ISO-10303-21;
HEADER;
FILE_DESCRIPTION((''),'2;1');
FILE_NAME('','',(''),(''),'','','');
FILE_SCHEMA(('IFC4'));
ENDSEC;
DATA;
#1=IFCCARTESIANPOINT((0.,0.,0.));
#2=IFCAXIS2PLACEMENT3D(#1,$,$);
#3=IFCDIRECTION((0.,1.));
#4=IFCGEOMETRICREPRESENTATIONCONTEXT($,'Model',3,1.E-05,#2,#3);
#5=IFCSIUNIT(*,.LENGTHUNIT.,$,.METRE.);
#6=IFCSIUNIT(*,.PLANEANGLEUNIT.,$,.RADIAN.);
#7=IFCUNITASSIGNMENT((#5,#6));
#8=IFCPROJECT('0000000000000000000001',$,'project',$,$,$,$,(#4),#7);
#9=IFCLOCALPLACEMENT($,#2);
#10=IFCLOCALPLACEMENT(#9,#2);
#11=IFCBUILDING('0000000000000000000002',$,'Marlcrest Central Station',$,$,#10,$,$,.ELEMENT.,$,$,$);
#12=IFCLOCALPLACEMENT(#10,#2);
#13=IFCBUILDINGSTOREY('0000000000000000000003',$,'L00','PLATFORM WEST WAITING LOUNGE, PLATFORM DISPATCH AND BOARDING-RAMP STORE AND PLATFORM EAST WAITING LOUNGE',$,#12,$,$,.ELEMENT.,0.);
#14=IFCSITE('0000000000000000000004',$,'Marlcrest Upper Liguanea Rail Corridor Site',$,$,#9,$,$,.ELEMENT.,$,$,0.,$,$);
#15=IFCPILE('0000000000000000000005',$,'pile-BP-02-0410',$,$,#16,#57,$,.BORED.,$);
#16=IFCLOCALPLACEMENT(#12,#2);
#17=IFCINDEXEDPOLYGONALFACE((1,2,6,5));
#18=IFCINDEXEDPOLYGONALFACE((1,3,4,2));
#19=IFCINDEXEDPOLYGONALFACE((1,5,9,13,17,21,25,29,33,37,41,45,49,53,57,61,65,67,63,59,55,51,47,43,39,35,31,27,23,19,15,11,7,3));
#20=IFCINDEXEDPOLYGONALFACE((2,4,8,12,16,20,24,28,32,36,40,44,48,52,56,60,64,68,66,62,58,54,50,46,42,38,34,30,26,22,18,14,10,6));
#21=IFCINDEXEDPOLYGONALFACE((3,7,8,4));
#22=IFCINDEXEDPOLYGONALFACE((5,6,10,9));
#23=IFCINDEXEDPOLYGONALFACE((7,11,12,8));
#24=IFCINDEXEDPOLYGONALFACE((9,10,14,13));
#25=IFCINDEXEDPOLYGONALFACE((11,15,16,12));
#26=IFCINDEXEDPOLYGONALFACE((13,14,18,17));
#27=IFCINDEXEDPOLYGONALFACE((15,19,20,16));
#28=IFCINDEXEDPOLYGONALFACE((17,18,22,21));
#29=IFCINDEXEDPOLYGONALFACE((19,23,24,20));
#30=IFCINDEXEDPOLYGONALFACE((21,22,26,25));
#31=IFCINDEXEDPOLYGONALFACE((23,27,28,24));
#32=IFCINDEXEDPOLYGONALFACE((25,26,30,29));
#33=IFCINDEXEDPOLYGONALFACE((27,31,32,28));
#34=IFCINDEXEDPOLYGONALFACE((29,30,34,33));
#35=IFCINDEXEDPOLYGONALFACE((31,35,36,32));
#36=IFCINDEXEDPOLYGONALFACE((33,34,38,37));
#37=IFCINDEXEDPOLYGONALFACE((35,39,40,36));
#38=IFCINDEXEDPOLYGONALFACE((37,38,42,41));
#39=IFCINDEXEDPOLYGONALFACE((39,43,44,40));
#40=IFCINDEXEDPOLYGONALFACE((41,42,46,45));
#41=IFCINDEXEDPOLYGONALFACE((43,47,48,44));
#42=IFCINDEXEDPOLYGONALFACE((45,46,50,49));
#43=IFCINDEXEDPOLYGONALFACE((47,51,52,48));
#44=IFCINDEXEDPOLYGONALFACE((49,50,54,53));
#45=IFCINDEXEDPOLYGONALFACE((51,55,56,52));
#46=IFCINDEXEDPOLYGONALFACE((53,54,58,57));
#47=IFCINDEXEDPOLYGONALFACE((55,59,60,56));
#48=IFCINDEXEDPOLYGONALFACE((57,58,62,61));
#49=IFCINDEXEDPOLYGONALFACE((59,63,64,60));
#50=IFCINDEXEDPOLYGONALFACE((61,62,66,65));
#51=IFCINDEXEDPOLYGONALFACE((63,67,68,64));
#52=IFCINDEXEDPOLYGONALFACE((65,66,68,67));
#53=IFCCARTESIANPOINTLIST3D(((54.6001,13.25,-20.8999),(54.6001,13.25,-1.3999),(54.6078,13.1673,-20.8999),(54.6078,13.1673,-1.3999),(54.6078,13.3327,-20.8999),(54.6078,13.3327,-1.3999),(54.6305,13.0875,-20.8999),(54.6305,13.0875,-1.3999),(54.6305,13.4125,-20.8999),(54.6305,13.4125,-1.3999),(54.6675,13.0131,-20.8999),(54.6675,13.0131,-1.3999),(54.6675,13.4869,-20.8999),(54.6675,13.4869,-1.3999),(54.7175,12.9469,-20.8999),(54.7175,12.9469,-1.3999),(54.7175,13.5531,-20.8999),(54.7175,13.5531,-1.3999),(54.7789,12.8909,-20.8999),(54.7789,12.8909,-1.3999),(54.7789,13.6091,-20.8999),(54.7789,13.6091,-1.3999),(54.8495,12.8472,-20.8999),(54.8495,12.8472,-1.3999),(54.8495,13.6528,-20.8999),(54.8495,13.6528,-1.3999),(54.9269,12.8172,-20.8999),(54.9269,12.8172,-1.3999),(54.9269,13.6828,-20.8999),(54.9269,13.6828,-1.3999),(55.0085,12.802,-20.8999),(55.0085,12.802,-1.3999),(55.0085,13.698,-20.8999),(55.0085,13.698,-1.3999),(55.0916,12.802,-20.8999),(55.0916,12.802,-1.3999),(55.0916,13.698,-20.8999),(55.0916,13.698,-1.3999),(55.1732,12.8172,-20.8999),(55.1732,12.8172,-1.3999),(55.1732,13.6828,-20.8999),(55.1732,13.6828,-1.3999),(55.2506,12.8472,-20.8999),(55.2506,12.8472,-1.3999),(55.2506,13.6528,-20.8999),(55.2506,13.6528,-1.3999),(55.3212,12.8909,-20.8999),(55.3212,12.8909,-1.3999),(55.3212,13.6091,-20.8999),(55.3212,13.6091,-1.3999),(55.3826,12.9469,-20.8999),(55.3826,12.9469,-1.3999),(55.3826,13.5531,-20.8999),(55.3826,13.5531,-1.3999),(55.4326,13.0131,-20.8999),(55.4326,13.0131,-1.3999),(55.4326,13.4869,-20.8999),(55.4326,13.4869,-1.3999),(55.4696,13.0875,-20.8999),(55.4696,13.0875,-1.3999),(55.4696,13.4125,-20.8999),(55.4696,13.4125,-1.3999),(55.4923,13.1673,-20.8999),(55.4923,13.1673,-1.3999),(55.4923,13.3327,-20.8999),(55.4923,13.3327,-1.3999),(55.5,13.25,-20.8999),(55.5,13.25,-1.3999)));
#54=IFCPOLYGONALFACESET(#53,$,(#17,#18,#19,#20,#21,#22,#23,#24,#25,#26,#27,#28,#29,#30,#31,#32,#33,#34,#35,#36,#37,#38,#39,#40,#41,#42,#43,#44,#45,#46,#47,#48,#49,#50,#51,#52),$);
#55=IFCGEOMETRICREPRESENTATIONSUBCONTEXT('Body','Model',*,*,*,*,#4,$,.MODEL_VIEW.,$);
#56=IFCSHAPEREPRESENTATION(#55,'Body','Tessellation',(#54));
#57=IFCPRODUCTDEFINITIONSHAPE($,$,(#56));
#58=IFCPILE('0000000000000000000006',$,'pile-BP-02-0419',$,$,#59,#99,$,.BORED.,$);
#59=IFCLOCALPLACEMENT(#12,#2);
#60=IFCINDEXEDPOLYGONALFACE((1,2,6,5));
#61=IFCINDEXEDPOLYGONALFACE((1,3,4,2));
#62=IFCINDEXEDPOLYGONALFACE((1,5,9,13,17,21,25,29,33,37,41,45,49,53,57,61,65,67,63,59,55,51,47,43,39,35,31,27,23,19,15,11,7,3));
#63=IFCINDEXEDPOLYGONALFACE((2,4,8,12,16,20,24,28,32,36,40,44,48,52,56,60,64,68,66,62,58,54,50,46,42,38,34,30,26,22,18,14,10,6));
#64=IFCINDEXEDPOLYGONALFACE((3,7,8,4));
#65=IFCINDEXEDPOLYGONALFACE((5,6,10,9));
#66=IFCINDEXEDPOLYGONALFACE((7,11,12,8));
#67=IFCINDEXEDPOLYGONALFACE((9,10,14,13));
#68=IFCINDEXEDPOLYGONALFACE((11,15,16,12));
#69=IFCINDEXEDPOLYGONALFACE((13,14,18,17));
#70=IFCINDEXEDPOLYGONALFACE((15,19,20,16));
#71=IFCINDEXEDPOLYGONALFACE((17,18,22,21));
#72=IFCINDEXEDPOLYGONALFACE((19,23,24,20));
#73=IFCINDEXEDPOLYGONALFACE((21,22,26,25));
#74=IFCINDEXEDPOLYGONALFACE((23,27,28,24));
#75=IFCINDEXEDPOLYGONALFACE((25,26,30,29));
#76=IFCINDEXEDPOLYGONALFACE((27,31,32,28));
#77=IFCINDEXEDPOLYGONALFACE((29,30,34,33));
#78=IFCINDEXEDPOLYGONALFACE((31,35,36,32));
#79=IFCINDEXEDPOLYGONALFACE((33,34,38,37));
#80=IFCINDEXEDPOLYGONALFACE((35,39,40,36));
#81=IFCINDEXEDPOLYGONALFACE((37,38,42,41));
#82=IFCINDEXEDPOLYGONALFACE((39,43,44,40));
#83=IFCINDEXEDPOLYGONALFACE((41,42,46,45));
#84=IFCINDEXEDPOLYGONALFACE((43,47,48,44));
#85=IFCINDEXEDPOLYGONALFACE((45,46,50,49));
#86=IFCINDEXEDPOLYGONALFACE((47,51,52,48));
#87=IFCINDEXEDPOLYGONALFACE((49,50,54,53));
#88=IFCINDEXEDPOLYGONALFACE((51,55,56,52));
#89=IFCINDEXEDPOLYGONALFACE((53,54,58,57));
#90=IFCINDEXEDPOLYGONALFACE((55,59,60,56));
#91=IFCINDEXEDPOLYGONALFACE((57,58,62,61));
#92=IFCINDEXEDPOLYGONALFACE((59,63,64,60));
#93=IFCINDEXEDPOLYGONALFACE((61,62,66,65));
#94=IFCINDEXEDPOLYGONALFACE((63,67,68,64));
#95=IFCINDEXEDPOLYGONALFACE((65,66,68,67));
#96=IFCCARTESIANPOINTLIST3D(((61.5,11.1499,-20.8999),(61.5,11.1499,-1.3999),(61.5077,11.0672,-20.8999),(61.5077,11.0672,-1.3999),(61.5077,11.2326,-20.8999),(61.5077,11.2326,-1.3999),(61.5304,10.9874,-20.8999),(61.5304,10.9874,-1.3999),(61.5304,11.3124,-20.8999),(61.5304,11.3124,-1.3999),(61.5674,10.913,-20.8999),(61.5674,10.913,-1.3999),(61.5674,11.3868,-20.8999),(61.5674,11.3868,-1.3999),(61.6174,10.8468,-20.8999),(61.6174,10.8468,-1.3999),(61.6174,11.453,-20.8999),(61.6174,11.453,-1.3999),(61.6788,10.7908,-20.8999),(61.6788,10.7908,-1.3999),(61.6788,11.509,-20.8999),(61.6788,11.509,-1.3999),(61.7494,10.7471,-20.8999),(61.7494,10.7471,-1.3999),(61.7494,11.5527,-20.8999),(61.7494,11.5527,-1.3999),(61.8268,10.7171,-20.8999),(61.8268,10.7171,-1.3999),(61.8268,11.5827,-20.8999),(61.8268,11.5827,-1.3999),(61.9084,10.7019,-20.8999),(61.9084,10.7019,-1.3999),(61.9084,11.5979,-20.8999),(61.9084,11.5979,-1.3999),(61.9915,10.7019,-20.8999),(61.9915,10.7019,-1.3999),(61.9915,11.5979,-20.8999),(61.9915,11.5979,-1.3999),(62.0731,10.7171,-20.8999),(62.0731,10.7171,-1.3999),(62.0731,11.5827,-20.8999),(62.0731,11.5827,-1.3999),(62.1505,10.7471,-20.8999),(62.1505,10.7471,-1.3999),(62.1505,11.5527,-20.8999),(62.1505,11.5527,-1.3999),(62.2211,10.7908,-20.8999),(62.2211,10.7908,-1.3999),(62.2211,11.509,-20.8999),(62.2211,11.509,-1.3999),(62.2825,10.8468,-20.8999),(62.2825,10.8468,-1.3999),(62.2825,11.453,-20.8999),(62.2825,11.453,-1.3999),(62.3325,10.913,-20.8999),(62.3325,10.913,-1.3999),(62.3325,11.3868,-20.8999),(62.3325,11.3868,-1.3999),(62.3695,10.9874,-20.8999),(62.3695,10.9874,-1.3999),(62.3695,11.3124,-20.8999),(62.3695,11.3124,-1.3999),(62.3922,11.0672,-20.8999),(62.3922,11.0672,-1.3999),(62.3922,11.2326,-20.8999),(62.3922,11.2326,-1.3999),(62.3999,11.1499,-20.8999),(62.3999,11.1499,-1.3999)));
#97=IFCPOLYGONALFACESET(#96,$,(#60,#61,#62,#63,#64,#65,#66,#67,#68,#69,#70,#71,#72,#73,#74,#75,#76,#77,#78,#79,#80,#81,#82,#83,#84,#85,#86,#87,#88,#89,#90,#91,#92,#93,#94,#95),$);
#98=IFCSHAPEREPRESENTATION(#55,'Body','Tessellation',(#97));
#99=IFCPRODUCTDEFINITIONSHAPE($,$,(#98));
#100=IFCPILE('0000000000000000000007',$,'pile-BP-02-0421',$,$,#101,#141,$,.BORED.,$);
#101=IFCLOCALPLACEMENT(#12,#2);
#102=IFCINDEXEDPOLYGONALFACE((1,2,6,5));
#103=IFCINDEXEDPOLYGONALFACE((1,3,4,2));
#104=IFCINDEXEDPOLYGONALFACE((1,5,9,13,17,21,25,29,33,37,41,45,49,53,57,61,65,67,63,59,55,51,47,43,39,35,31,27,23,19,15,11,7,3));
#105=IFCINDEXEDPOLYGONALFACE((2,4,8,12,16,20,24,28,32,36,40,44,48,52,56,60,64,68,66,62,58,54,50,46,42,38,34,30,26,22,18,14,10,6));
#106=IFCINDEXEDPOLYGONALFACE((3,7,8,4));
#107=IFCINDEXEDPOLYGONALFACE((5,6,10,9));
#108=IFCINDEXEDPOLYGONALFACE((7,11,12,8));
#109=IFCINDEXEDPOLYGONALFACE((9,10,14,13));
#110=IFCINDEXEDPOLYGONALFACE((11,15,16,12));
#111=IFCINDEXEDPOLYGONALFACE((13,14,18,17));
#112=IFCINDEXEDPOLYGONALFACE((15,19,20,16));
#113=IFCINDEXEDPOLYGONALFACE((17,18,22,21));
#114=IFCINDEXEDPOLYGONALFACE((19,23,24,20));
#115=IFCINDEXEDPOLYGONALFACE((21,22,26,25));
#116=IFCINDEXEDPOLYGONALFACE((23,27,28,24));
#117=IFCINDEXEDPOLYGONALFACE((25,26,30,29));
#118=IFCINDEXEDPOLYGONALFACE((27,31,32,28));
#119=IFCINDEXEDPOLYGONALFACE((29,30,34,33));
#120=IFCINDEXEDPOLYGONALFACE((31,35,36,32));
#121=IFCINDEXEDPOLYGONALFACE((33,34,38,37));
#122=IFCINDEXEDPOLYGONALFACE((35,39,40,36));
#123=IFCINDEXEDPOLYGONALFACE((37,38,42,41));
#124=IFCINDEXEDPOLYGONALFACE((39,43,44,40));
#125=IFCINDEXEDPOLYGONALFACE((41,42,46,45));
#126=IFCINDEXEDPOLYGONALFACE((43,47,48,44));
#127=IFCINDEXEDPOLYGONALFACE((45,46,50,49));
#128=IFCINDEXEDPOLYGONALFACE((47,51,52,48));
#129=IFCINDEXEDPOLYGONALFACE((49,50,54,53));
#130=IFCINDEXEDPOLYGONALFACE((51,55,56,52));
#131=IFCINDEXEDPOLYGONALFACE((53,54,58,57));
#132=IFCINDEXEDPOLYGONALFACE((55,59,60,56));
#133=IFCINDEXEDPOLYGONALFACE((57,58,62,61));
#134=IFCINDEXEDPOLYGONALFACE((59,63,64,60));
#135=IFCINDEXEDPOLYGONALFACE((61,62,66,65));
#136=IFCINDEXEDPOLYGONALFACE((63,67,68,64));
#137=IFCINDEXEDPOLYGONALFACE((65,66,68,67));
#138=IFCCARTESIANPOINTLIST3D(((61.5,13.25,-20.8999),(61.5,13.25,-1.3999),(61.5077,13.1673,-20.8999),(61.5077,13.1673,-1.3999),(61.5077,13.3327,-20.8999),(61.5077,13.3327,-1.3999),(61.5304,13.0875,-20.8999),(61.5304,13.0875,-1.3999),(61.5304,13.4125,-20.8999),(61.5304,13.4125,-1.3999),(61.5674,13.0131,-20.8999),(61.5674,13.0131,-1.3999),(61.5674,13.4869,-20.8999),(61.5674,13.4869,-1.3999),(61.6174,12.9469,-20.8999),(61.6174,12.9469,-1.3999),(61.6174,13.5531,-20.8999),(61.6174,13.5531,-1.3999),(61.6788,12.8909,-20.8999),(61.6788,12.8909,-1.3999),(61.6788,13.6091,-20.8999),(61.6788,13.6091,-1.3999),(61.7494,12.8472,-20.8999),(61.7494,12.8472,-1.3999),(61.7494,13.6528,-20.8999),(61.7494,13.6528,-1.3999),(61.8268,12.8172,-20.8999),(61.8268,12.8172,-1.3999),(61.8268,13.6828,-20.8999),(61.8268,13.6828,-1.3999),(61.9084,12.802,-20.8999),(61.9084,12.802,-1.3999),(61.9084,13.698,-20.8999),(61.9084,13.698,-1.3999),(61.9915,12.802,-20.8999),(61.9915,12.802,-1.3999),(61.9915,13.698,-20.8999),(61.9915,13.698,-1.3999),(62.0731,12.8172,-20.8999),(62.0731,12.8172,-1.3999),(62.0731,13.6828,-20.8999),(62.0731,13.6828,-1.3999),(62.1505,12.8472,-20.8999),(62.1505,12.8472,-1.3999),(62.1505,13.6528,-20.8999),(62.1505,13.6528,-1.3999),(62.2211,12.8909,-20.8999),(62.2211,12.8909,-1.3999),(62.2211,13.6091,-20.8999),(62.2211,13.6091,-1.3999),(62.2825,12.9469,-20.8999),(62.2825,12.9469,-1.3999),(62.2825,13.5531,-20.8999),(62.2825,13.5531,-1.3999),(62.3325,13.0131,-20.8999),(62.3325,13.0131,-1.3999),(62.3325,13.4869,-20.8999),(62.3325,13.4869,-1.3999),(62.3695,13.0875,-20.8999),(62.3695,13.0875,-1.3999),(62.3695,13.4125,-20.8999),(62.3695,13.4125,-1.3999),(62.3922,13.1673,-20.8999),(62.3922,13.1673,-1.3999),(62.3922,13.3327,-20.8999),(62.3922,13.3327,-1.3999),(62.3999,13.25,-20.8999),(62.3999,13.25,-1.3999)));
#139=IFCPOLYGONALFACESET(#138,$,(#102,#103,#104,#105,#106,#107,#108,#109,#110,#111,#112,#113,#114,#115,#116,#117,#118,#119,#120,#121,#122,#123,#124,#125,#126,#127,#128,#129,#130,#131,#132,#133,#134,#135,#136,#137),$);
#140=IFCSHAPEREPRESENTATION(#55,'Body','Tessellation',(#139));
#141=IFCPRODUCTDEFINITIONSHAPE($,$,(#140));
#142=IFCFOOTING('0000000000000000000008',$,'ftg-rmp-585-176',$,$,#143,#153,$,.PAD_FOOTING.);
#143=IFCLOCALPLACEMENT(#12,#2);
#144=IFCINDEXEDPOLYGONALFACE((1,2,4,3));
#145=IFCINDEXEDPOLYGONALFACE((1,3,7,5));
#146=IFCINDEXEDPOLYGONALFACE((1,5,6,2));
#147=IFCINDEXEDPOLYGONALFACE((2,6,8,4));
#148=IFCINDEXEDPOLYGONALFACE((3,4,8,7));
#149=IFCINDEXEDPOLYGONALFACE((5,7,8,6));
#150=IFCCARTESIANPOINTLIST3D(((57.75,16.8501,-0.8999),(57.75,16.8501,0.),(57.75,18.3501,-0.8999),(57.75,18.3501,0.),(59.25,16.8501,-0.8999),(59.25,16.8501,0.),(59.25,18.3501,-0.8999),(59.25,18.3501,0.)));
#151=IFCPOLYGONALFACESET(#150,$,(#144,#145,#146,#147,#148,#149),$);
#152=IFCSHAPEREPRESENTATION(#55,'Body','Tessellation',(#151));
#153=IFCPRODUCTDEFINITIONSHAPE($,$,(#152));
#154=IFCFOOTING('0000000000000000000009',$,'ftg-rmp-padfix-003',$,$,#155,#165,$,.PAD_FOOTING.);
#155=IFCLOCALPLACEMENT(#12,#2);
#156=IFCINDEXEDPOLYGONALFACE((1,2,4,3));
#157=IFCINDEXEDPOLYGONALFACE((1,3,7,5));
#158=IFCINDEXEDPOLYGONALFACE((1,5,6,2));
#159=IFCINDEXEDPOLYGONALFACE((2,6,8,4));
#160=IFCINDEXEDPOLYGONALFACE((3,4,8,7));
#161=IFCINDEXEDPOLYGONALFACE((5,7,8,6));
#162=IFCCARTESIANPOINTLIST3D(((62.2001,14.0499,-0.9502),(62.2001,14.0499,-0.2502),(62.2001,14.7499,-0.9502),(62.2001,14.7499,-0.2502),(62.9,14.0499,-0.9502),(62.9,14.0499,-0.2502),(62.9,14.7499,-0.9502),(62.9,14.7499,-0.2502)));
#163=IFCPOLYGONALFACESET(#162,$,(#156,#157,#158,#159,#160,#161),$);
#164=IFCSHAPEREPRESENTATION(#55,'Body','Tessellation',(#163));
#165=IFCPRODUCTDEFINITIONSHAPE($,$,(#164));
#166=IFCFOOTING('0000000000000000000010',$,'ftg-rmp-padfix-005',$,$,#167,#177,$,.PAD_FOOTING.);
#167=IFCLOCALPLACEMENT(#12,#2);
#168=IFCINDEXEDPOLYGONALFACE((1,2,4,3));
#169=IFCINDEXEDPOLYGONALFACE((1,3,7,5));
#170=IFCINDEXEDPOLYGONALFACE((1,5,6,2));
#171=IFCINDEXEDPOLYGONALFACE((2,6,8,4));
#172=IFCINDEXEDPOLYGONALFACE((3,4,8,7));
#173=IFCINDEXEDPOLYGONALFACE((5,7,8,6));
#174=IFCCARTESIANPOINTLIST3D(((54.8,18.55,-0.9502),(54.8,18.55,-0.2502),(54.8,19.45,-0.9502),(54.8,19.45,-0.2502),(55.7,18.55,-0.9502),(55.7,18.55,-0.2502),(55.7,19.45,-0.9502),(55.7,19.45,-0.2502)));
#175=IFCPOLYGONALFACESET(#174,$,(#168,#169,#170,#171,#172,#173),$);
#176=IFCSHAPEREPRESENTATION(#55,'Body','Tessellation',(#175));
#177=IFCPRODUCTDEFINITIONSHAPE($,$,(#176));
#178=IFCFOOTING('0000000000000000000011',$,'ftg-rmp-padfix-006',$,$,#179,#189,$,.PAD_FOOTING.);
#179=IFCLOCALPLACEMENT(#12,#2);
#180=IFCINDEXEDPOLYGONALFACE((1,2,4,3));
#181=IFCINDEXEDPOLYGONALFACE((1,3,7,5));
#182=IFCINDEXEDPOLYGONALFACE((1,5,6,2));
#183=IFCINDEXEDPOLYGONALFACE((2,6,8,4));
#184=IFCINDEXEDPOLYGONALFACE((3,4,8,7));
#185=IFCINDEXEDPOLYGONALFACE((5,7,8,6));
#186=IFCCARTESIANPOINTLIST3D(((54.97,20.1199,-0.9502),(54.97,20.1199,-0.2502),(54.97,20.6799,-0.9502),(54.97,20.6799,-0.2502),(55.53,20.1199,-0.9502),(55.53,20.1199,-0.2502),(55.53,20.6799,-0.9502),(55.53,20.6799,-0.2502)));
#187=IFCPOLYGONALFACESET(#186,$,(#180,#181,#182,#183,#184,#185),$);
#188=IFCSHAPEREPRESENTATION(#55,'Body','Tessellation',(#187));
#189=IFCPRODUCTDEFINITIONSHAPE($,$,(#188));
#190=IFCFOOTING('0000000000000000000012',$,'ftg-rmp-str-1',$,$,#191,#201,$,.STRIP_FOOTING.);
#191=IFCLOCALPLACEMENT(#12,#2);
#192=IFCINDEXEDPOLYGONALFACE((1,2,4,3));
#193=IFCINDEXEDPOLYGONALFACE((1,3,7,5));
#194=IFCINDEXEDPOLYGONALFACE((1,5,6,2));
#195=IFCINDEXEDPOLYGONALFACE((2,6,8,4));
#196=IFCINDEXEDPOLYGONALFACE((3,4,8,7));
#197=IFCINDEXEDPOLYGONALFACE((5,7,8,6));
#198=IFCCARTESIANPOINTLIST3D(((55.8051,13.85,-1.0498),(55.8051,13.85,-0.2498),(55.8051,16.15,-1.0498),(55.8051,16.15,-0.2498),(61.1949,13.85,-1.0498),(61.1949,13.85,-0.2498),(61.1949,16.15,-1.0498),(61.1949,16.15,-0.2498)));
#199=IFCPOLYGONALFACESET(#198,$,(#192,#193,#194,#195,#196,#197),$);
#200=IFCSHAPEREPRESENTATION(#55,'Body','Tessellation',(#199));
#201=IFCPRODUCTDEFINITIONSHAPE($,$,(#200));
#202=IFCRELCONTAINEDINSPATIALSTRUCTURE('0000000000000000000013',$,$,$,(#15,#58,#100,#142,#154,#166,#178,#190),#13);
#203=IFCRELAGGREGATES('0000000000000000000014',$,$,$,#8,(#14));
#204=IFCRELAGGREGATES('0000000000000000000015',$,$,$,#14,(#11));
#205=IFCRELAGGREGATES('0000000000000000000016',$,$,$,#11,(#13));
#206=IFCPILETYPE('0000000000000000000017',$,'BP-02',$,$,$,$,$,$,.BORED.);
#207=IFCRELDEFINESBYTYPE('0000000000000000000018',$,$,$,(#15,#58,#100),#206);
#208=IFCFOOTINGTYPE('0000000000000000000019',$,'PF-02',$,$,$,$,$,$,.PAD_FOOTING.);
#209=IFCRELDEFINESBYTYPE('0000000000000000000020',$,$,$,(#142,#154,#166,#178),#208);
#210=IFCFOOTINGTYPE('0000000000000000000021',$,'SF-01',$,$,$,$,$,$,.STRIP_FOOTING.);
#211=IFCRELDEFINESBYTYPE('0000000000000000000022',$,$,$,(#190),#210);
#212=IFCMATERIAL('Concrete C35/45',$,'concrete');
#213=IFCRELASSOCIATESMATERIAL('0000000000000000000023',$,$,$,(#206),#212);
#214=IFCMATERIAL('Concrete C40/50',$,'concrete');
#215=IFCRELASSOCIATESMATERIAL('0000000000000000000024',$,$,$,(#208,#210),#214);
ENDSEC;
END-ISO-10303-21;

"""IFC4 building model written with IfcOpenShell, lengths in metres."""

from ifc_helpers import new_model, si_unit, direction, frame, origin, origin_2d, place, context, subcontext, project, spatial, rectangle, circle, extrude, material, material_profile, profile_set, type_object, element, save


model = new_model("IFC4")

# Units and contexts
model_context = context("Model", 3, precision=1e-05, world=origin(), true_north=direction((0.0, 1.0)))
body_context = subcontext(model_context, "Body", "Model", "MODEL_VIEW")
ifc_project = project(units=[si_unit("LENGTHUNIT", "METRE"), si_unit("PLANEANGLEUNIT", "RADIAN")], contexts=[model_context])

# Site, building, storey
site_placement = place(None, origin())
site = spatial("IfcSite", under=ifc_project, at=site_placement, Name="Marlcrest Upper Liguanea Rail Corridor Site", CompositionType="ELEMENT", RefElevation=0.0)
building_placement = place(site_placement, origin())
building = spatial("IfcBuilding", under=site, at=building_placement, Name="Marlcrest Central Station", CompositionType="ELEMENT")
storey_placement = place(building_placement, origin())
storey = spatial("IfcBuildingStorey", under=building, at=storey_placement, Name="L00", Description="PLATFORM WEST WAITING LOUNGE, PLATFORM DISPATCH AND BOARDING-RAMP STORE AND PLATFORM EAST WAITING LOUNGE", CompositionType="ELEMENT", Elevation=0.0)

# Piles
ifc_material_1 = material(Name="Concrete C35/45", Category="concrete")
ifc_material_profile_1 = material_profile(ifc_material_1, circle(Radius=0.45, at=origin_2d()), Name="PILE D900")
ifc_profile_set_1 = profile_set([ifc_material_profile_1], Name="Concrete C35/45")
pile_type = type_object("IfcPileType", Name="BP-02", PredefinedType="BORED", material=ifc_profile_set_1)
for number, where, z_axis, x_axis, name in (
    (1, (55.05, 13.25, -1.3999), (0.0, 0.0, -1.0), (1.0, 0.0, 0.0), "pile-BP-02-0410"),
    (2, (61.95, 11.1499, -1.3999), (0.0, 0.0, -1.0), (1.0, 0.0, 0.0), "pile-BP-02-0419"),
    (3, (61.95, 13.25, -1.3999), (0.0, 0.0, -1.0), (1.0, 0.0, 0.0), "pile-BP-02-0421"),
):
    element("IfcPile", number, at=place(storey_placement, frame(where, z_axis=z_axis, x_axis=x_axis)), inside=storey, type_object=pile_type, Name=name, PredefinedType="BORED", context=body_context, shape_type="SweptSolid", body=[
        extrude(circle(Radius=0.45, at=origin_2d()), origin(), (0.0, 0.0, 1.0), 19.5),
    ])

# Footings
ifc_material_2 = material(Name="Concrete C40/50", Category="concrete")
footing_type_1 = type_object("IfcFootingType", Name="PF-02", PredefinedType="PAD_FOOTING", material=ifc_material_2)
footing_1_placement = place(storey_placement, frame((58.5, 17.6001, -0.8999), z_axis=(0.0, 0.0, 1.0), x_axis=(1.0, 0.0, 0.0)))
element("IfcFooting", 4, at=footing_1_placement, inside=storey, type_object=footing_type_1, Name="ftg-rmp-585-176", PredefinedType="PAD_FOOTING", context=body_context, shape_type="SweptSolid", body=[
    extrude(rectangle(XDim=1.5, YDim=1.5, at=origin_2d()), origin(), (0.0, 0.0, 1.0), 0.8999),
])
footing_2_placement = place(storey_placement, frame((62.55, 14.3999, -0.9502), z_axis=(0.0, 0.0, 1.0), x_axis=(1.0, 0.0, 0.0)))
element("IfcFooting", 5, at=footing_2_placement, inside=storey, type_object=footing_type_1, Name="ftg-rmp-padfix-003", PredefinedType="PAD_FOOTING", context=body_context, shape_type="SweptSolid", body=[
    extrude(rectangle(XDim=0.7, YDim=0.7, at=origin_2d()), origin(), (0.0, 0.0, 1.0), 0.7),
])
footing_3_placement = place(storey_placement, frame((55.25, 19.0, -0.9502), z_axis=(0.0, 0.0, 1.0), x_axis=(1.0, 0.0, 0.0)))
element("IfcFooting", 6, at=footing_3_placement, inside=storey, type_object=footing_type_1, Name="ftg-rmp-padfix-005", PredefinedType="PAD_FOOTING", context=body_context, shape_type="SweptSolid", body=[
    extrude(rectangle(XDim=0.8999, YDim=0.8999, at=origin_2d()), origin(), (0.0, 0.0, 1.0), 0.7),
])
footing_4_placement = place(storey_placement, frame((55.25, 20.3999, -0.9502), z_axis=(0.0, 0.0, 1.0), x_axis=(1.0, 0.0, 0.0)))
element("IfcFooting", 7, at=footing_4_placement, inside=storey, type_object=footing_type_1, Name="ftg-rmp-padfix-006", PredefinedType="PAD_FOOTING", context=body_context, shape_type="SweptSolid", body=[
    extrude(rectangle(XDim=0.5601, YDim=0.5601, at=origin_2d()), origin(), (0.0, 0.0, 1.0), 0.7),
])
footing_type_2 = type_object("IfcFootingType", Name="SF-01", PredefinedType="STRIP_FOOTING", material=ifc_material_2)
for number, where, z_axis, x_axis, name in (
    (8, (58.5, 15.0, -1.0498), (0.0, 0.0, 1.0), (1.0, 0.0, 0.0), "ftg-rmp-str-1"),
):
    element("IfcFooting", number, at=place(storey_placement, frame(where, z_axis=z_axis, x_axis=x_axis)), inside=storey, type_object=footing_type_2, Name=name, PredefinedType="STRIP_FOOTING", context=body_context, shape_type="SweptSolid", body=[
        extrude(rectangle(XDim=5.3899, YDim=2.3, at=origin_2d()), origin(), (0.0, 0.0, 1.0), 0.8),
    ])

save(model, "model.ifc")
